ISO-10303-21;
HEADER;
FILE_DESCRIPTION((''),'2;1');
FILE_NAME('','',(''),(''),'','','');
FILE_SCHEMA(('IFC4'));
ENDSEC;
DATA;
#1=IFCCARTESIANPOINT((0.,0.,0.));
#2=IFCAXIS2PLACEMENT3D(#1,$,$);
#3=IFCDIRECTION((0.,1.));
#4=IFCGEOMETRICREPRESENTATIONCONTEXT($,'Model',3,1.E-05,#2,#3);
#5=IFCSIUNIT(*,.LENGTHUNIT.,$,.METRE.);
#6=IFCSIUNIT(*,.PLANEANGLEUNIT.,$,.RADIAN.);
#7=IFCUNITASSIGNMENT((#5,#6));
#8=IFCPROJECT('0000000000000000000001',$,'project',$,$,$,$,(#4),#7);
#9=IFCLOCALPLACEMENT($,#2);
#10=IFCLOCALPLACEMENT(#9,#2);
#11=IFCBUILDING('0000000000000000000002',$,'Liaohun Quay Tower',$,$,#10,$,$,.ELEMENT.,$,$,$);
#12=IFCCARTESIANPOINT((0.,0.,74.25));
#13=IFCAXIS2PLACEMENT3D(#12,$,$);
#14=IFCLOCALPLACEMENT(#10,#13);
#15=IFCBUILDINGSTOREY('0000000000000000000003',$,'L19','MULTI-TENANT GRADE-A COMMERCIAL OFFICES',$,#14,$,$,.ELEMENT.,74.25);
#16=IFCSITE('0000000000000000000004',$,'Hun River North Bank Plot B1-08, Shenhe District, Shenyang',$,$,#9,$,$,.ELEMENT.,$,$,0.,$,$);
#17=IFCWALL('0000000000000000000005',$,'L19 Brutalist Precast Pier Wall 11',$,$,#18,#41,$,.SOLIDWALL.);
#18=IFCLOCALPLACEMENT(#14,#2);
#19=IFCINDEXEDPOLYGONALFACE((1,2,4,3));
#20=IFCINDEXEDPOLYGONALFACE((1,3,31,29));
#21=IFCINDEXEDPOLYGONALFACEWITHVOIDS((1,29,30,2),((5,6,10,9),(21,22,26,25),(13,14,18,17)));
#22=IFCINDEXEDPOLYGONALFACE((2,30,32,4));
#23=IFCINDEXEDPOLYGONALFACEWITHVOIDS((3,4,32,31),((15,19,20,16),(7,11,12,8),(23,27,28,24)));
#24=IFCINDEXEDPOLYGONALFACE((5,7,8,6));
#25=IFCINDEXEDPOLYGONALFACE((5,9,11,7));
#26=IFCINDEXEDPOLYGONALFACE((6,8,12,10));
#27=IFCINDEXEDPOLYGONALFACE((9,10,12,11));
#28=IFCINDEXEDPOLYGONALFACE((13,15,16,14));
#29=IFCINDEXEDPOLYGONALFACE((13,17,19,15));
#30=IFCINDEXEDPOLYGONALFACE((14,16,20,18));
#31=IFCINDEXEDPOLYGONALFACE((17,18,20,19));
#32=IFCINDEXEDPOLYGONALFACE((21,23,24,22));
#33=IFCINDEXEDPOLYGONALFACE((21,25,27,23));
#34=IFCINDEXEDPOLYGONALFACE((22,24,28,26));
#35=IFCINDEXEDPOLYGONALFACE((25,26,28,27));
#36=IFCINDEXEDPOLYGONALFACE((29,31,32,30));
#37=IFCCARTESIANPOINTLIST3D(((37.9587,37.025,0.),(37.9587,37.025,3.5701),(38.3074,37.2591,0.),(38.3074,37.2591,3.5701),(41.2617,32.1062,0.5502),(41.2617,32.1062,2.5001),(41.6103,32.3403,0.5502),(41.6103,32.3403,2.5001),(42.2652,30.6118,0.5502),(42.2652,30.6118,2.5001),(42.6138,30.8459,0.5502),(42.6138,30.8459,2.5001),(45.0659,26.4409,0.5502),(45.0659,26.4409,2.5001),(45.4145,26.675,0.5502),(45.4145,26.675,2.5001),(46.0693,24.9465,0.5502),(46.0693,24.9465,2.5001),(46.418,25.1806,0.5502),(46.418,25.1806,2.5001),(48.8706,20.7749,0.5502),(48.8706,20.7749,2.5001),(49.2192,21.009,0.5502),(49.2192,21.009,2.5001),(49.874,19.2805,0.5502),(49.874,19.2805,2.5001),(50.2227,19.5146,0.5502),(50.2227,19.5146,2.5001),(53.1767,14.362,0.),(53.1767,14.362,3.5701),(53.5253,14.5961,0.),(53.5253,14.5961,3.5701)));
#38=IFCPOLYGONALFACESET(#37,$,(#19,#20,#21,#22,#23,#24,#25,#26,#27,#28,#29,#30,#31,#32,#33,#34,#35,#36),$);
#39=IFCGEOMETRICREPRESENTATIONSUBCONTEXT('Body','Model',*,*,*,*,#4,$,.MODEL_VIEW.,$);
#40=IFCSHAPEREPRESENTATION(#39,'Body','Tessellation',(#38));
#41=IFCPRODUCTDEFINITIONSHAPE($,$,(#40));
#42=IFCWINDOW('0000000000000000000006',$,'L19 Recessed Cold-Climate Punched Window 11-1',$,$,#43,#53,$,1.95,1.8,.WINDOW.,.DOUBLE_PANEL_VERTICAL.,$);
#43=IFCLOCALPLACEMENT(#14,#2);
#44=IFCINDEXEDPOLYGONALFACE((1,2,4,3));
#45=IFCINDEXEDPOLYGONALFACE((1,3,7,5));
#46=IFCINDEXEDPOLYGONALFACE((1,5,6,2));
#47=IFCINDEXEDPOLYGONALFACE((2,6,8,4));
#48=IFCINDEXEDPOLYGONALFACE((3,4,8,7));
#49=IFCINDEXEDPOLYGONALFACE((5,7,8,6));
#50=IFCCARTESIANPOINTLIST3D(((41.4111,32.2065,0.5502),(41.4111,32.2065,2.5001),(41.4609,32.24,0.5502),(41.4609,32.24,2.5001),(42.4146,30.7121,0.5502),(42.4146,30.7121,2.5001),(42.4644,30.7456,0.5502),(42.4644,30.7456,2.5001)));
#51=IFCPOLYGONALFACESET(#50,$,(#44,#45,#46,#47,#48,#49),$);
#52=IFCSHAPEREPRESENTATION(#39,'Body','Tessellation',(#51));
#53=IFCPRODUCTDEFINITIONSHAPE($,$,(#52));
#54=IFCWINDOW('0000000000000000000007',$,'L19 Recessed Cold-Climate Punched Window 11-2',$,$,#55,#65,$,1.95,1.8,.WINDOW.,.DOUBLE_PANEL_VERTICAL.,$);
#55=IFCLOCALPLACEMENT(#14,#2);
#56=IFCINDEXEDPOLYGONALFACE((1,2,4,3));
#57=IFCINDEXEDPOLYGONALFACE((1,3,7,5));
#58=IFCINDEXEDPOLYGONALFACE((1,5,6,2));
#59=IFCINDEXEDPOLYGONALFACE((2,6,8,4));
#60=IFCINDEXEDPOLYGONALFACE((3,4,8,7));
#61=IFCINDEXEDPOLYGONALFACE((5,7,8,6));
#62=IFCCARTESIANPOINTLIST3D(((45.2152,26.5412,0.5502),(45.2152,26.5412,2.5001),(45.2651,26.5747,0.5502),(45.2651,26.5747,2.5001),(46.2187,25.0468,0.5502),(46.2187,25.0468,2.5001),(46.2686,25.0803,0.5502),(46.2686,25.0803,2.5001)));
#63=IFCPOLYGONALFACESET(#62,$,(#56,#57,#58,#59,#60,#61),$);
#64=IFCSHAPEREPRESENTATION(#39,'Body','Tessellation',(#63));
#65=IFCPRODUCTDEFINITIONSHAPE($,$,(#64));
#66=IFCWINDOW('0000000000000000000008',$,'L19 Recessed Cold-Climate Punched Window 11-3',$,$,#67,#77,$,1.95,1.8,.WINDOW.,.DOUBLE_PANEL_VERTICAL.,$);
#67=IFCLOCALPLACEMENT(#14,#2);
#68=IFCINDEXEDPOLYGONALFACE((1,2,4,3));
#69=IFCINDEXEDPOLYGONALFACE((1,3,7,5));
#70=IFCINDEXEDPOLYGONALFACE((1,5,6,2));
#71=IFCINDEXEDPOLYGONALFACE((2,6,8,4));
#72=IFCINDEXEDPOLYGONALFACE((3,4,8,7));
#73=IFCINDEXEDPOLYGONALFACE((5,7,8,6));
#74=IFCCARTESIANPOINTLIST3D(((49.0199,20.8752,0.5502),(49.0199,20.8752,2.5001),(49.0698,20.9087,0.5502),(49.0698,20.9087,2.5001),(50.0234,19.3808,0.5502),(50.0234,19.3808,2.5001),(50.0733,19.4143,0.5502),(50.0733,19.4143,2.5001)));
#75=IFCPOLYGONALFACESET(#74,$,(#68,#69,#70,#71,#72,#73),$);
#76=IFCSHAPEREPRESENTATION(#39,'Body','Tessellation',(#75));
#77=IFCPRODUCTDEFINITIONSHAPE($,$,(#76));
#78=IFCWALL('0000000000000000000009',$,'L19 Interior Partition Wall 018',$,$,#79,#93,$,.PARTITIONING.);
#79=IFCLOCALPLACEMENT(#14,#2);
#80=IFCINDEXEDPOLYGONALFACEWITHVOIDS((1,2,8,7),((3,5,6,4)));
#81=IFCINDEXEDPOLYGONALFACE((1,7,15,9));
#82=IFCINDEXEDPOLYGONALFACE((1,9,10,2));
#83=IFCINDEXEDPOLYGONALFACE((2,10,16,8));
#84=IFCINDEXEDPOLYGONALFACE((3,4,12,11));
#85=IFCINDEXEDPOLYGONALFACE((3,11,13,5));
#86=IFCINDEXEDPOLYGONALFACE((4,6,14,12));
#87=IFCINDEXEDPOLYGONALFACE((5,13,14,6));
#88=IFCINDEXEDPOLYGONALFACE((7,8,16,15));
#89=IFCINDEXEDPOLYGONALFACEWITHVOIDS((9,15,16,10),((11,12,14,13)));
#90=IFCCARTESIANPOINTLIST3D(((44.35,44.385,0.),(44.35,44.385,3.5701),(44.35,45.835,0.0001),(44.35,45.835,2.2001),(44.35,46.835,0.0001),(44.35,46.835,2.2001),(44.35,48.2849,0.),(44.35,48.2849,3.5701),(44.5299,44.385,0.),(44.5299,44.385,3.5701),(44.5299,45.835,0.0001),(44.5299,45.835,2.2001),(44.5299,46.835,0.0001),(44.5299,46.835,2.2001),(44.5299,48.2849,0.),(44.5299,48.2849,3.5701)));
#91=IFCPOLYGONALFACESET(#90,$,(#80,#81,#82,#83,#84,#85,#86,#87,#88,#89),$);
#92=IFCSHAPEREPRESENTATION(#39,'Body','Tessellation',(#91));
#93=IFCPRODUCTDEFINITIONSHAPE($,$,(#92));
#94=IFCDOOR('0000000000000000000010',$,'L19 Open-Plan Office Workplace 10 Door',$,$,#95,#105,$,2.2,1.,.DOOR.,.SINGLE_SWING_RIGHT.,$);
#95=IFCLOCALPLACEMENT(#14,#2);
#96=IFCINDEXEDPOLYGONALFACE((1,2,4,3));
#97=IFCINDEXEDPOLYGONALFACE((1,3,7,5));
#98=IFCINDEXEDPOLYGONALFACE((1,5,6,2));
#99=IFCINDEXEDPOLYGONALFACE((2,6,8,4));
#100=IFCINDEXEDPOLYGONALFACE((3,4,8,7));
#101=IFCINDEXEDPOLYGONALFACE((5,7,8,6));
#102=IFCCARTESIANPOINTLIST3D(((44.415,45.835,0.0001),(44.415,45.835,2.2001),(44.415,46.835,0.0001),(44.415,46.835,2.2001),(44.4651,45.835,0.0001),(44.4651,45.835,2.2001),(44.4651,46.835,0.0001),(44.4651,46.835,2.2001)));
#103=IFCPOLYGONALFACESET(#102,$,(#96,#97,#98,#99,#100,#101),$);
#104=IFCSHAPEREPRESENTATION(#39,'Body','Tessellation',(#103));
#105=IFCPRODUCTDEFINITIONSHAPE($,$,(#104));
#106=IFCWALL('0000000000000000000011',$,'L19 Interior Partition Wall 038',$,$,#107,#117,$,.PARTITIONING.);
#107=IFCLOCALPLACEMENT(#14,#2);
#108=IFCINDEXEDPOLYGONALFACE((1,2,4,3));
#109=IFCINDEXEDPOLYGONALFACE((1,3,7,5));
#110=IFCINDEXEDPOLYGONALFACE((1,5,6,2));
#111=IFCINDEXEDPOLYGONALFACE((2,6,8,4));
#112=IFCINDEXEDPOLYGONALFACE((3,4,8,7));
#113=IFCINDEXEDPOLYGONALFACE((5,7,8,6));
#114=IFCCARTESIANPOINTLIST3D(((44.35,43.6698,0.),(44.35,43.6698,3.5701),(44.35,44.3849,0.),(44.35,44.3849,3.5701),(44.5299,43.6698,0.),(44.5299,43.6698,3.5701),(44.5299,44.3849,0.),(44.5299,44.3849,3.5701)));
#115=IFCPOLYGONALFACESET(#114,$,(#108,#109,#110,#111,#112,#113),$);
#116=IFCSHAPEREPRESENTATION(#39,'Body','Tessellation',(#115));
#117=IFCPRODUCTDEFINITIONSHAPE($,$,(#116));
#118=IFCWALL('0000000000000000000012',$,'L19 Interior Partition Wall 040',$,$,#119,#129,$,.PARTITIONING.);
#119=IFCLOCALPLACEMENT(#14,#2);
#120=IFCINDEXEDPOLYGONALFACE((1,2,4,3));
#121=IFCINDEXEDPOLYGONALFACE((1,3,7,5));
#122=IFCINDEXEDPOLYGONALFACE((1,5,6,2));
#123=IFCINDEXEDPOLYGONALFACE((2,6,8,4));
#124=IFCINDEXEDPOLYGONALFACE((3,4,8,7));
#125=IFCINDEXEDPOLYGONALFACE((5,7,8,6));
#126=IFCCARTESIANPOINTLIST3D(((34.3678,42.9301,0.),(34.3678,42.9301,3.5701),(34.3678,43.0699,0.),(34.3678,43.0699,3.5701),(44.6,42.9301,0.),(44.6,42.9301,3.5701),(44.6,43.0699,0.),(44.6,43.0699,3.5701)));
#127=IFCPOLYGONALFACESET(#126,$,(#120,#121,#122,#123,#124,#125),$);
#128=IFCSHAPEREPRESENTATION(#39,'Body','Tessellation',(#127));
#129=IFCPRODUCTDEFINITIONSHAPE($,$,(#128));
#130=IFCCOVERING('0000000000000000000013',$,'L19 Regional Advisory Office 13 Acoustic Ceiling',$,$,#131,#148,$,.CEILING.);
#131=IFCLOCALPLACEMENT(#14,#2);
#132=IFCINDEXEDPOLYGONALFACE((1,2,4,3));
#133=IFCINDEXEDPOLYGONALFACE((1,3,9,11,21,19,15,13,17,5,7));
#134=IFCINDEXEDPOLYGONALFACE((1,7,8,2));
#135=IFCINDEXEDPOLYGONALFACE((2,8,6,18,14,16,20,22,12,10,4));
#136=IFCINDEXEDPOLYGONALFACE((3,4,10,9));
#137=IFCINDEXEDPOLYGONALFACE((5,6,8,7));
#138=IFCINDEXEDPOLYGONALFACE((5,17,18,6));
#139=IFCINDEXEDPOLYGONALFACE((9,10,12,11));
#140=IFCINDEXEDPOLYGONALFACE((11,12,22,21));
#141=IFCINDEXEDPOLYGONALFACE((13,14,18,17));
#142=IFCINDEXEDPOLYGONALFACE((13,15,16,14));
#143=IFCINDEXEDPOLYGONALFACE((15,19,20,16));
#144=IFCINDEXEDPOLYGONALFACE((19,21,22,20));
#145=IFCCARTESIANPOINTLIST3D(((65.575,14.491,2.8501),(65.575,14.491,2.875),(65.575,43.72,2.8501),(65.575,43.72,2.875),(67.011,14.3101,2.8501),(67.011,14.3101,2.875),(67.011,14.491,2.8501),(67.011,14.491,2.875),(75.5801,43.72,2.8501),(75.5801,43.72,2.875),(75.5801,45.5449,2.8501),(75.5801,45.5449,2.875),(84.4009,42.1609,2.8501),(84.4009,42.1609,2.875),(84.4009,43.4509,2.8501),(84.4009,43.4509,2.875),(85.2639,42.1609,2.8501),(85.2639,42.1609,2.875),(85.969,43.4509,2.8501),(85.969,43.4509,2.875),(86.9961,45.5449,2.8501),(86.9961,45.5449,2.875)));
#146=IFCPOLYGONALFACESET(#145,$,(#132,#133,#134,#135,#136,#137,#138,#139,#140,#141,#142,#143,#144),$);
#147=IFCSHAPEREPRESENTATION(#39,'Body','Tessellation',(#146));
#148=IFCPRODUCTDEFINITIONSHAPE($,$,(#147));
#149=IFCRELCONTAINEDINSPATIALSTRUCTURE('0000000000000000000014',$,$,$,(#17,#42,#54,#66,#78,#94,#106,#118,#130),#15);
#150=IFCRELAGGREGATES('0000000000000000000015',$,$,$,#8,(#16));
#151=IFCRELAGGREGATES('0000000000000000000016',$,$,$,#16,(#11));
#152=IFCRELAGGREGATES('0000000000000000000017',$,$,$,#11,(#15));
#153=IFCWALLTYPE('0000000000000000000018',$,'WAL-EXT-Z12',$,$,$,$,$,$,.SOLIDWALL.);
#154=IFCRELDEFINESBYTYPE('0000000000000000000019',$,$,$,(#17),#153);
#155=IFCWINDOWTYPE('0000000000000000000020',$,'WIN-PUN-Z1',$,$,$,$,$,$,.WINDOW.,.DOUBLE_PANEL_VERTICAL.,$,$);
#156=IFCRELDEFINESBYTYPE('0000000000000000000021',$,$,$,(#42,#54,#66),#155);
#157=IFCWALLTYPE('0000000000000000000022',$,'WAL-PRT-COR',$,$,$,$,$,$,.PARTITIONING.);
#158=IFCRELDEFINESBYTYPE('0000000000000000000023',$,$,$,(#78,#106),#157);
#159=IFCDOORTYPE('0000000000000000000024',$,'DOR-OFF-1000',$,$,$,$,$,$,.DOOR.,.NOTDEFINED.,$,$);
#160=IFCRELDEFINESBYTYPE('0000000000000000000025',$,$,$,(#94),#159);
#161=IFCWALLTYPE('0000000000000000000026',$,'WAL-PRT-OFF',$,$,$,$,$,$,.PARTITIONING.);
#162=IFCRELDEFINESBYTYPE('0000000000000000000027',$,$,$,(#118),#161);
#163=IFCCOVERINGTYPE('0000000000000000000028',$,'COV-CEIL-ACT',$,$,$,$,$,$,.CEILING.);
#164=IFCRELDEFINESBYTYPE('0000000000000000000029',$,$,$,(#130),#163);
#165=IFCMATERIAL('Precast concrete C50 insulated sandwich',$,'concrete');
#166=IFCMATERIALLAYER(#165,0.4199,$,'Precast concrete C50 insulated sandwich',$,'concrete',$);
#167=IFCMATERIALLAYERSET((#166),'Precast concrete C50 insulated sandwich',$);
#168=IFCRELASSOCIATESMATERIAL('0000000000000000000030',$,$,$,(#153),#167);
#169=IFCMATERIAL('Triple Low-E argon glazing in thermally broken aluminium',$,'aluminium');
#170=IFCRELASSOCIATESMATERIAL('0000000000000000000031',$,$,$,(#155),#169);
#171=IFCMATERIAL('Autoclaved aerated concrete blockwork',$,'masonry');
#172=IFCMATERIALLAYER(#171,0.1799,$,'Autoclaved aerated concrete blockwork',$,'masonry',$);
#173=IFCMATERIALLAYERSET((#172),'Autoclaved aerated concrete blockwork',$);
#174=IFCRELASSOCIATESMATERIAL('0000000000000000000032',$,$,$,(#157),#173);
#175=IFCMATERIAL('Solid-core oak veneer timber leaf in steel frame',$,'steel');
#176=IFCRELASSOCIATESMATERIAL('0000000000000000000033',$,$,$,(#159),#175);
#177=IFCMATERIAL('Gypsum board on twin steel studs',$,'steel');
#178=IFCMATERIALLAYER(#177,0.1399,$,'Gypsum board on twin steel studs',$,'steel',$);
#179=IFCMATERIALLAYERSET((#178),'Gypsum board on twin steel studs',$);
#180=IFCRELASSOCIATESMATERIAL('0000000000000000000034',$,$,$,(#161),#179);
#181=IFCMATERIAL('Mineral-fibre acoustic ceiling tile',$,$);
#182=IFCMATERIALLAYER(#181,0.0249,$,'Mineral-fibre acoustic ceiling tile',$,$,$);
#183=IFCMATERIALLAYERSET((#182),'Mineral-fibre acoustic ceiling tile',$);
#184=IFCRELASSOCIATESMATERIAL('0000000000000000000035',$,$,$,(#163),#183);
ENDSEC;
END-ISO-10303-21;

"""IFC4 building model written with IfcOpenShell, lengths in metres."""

from ifc_helpers import new_model, si_unit, direction, frame, frame_2d, origin, place, context, subcontext, project, spatial, polyline, rectangle, outline, extrude, source, transform, mapped, material, layer, layer_set, type_object, element, fill, save


model = new_model("IFC4")

# Units and contexts
model_context = context("Model", 3, precision=1e-05, world=origin(), true_north=direction((0.0, 1.0)))
body_context = subcontext(model_context, "Body", "Model", "MODEL_VIEW")
ifc_project = project(units=[si_unit("LENGTHUNIT", "METRE"), si_unit("PLANEANGLEUNIT", "RADIAN")], contexts=[model_context])

# Site, building, storey
site_placement = place(None, origin())
site = spatial("IfcSite", under=ifc_project, at=site_placement, Name="Hun River North Bank Plot B1-08, Shenhe District, Shenyang", CompositionType="ELEMENT", RefElevation=0.0)
building_placement = place(site_placement, origin())
building = spatial("IfcBuilding", under=site, at=building_placement, Name="Liaohun Quay Tower", CompositionType="ELEMENT")
storey_placement = place(building_placement, frame((0.0, 0.0, 74.25)))
storey = spatial("IfcBuildingStorey", under=building, at=storey_placement, Name="L19", Description="MULTI-TENANT GRADE-A COMMERCIAL OFFICES", CompositionType="ELEMENT", Elevation=74.25)

# Wall, openings, windows
ifc_material_1 = material(Name="Precast concrete C50 insulated sandwich", Category="concrete")
ifc_layer_1 = layer(ifc_material_1, 0.4199, Name="Precast concrete C50 insulated sandwich", Category="concrete")
ifc_layer_set_1 = layer_set([ifc_layer_1], Name="Precast concrete C50 insulated sandwich")
wall_type_1 = type_object("IfcWallType", Name="WAL-EXT-Z12", PredefinedType="SOLIDWALL", material=ifc_layer_set_1)
wall_1_placement = place(storey_placement, frame((38.1331, 37.1421, 0.0), z_axis=(0.0, 0.0, 1.0), x_axis=(0.557469, -0.830198, 0.0)))
wall_1 = element("IfcWall", 1, at=wall_1_placement, inside=storey, type_object=wall_type_1, Name="L19 Brutalist Precast Pier Wall 11", PredefinedType="SOLIDWALL", context=body_context, shape_type="SweptSolid", body=[
    extrude(rectangle(XDim=27.2983, YDim=0.4199, at=frame_2d((13.6492, 0.0))), origin(), (0.0, 0.0, 1.0), 3.5701),
])
shared_shape_1 = source(origin(), body_context, "Body", "SweptSolid", [
    extrude(rectangle(XDim=1.8, YDim=1.95, at=frame_2d((0.8999, 0.9751))), frame((0.0, 0.22, 0.0), z_axis=(0.0, -1.0, 0.0), x_axis=(1.0, 0.0, 0.0)), (0.0, 0.0, 1.0), 0.4399),
])
opening_1_placement = place(wall_1_placement, frame((5.925, 0.0, 0.55)))
opening_1 = element("IfcOpeningElement", 2, at=opening_1_placement, cuts=wall_1, PredefinedType="OPENING", context=body_context, shape_type="MappedRepresentation", body=[
    mapped(shared_shape_1, transform((0.0, 0.0, 0.0), x_axis=(1.0, 0.0, 0.0), y_axis=(0.0, 1.0, 0.0), z_axis=(0.0, 0.0, 1.0), scale=1.0)),
])
opening_2_placement = place(wall_1_placement, frame((12.749, 0.0, 0.55)))
opening_2 = element("IfcOpeningElement", 3, at=opening_2_placement, cuts=wall_1, PredefinedType="OPENING", context=body_context, shape_type="MappedRepresentation", body=[
    mapped(shared_shape_1, transform((0.0, 0.0, 0.0), x_axis=(1.0, 0.0, 0.0), y_axis=(0.0, 1.0, 0.0), z_axis=(0.0, 0.0, 1.0), scale=1.0)),
])
opening_3_placement = place(wall_1_placement, frame((19.574, 0.0, 0.55)))
opening_3 = element("IfcOpeningElement", 4, at=opening_3_placement, cuts=wall_1, PredefinedType="OPENING", context=body_context, shape_type="MappedRepresentation", body=[
    mapped(shared_shape_1, transform((0.0, 0.0, 0.0), x_axis=(1.0, 0.0, 0.0), y_axis=(0.0, 1.0, 0.0), z_axis=(0.0, 0.0, 1.0), scale=1.0)),
])
ifc_material_2 = material(Name="Triple Low-E argon glazing in thermally broken aluminium", Category="aluminium")
window_type = type_object("IfcWindowType", Name="WIN-PUN-Z1", PartitioningType="DOUBLE_PANEL_VERTICAL", PredefinedType="WINDOW", material=ifc_material_2)
shared_shape_2 = source(origin(), body_context, "Body", "SweptSolid", [
    extrude(rectangle(XDim=1.8, YDim=1.95, at=frame_2d((0.8999, 0.9751))), frame((0.0, 0.03, 0.0), z_axis=(0.0, -1.0, 0.0), x_axis=(1.0, 0.0, 0.0)), (0.0, 0.0, 1.0), 0.0601),
])
window_1_placement = place(opening_1_placement, origin())
window_1 = element("IfcWindow", 5, at=window_1_placement, inside=storey, type_object=window_type, Name="L19 Recessed Cold-Climate Punched Window 11-1", OverallHeight=1.95, OverallWidth=1.8, PartitioningType="DOUBLE_PANEL_VERTICAL", PredefinedType="WINDOW", context=body_context, shape_type="MappedRepresentation", body=[
    mapped(shared_shape_2, transform((0.0, 0.0, 0.0), x_axis=(1.0, 0.0, 0.0), y_axis=(0.0, 1.0, 0.0), z_axis=(0.0, 0.0, 1.0), scale=1.0)),
])
fill(opening_1, window_1)
window_2_placement = place(opening_2_placement, origin())
window_2 = element("IfcWindow", 6, at=window_2_placement, inside=storey, type_object=window_type, Name="L19 Recessed Cold-Climate Punched Window 11-2", OverallHeight=1.95, OverallWidth=1.8, PartitioningType="DOUBLE_PANEL_VERTICAL", PredefinedType="WINDOW", context=body_context, shape_type="MappedRepresentation", body=[
    mapped(shared_shape_2, transform((0.0, 0.0, 0.0), x_axis=(1.0, 0.0, 0.0), y_axis=(0.0, 1.0, 0.0), z_axis=(0.0, 0.0, 1.0), scale=1.0)),
])
fill(opening_2, window_2)
window_3_placement = place(opening_3_placement, origin())
window_3 = element("IfcWindow", 7, at=window_3_placement, inside=storey, type_object=window_type, Name="L19 Recessed Cold-Climate Punched Window 11-3", OverallHeight=1.95, OverallWidth=1.8, PartitioningType="DOUBLE_PANEL_VERTICAL", PredefinedType="WINDOW", context=body_context, shape_type="MappedRepresentation", body=[
    mapped(shared_shape_2, transform((0.0, 0.0, 0.0), x_axis=(1.0, 0.0, 0.0), y_axis=(0.0, 1.0, 0.0), z_axis=(0.0, 0.0, 1.0), scale=1.0)),
])
fill(opening_3, window_3)

# Wall, opening, door
ifc_material_3 = material(Name="Autoclaved aerated concrete blockwork", Category="masonry")
ifc_layer_2 = layer(ifc_material_3, 0.1799, Name="Autoclaved aerated concrete blockwork", Category="masonry")
ifc_layer_set_2 = layer_set([ifc_layer_2], Name="Autoclaved aerated concrete blockwork")
wall_type_2 = type_object("IfcWallType", Name="WAL-PRT-COR", PredefinedType="PARTITIONING", material=ifc_layer_set_2)
wall_2_placement = place(storey_placement, frame((44.4399, 44.385, 0.0), z_axis=(0.0, 0.0, 1.0), x_axis=(0.0, 1.0, 0.0)))
wall_2 = element("IfcWall", 8, at=wall_2_placement, inside=storey, type_object=wall_type_2, Name="L19 Interior Partition Wall 018", PredefinedType="PARTITIONING", context=body_context, shape_type="SweptSolid", body=[
    extrude(rectangle(XDim=3.8999, YDim=0.1799, at=frame_2d((1.95, 0.0))), origin(), (0.0, 0.0, 1.0), 3.5701),
])
shared_shape_3 = source(origin(), body_context, "Body", "SweptSolid", [
    extrude(rectangle(XDim=1.0, YDim=2.2, at=frame_2d((0.5, 1.1001))), frame((0.0, 0.0999, 0.0), z_axis=(0.0, -1.0, 0.0), x_axis=(1.0, 0.0, 0.0)), (0.0, 0.0, 1.0), 0.2),
])
opening_4_placement = place(wall_2_placement, frame((1.45, 0.0, 0.0)))
opening_4 = element("IfcOpeningElement", 9, at=opening_4_placement, cuts=wall_2, PredefinedType="OPENING", context=body_context, shape_type="MappedRepresentation", body=[
    mapped(shared_shape_3, transform((0.0, 0.0, 0.0), x_axis=(1.0, 0.0, 0.0), y_axis=(0.0, 1.0, 0.0), z_axis=(0.0, 0.0, 1.0), scale=1.0)),
])
ifc_material_4 = material(Name="Solid-core oak veneer timber leaf in steel frame", Category="steel")
door_type = type_object("IfcDoorType", Name="DOR-OFF-1000", OperationType="NOTDEFINED", PredefinedType="DOOR", material=ifc_material_4)
shared_shape_4 = source(origin(), body_context, "Body", "SweptSolid", [
    extrude(rectangle(XDim=1.0, YDim=2.2, at=frame_2d((0.5, 1.1001))), frame((0.0, 0.0249, 0.0), z_axis=(0.0, -1.0, 0.0), x_axis=(1.0, 0.0, 0.0)), (0.0, 0.0, 1.0), 0.05),
])
door_placement = place(opening_4_placement, origin())
door = element("IfcDoor", 10, at=door_placement, inside=storey, type_object=door_type, Name="L19 Open-Plan Office Workplace 10 Door", OperationType="SINGLE_SWING_RIGHT", OverallHeight=2.2, OverallWidth=1.0, PredefinedType="DOOR", context=body_context, shape_type="MappedRepresentation", body=[
    mapped(shared_shape_4, transform((0.0, 0.0, 0.0), x_axis=(1.0, 0.0, 0.0), y_axis=(0.0, 1.0, 0.0), z_axis=(0.0, 0.0, 1.0), scale=1.0)),
])
fill(opening_4, door)

# Walls
wall_3_placement = place(storey_placement, frame((44.4399, 43.6699, 0.0), z_axis=(0.0, 0.0, 1.0), x_axis=(0.0, 1.0, 0.0)))
element("IfcWall", 11, at=wall_3_placement, inside=storey, type_object=wall_type_2, Name="L19 Interior Partition Wall 038", PredefinedType="PARTITIONING", context=body_context, shape_type="SweptSolid", body=[
    extrude(rectangle(XDim=0.7151, YDim=0.1799, at=frame_2d((0.3574, 0.0))), origin(), (0.0, 0.0, 1.0), 3.5701),
])
ifc_material_5 = material(Name="Gypsum board on twin steel studs", Category="steel")
ifc_layer_3 = layer(ifc_material_5, 0.1399, Name="Gypsum board on twin steel studs", Category="steel")
ifc_layer_set_3 = layer_set([ifc_layer_3], Name="Gypsum board on twin steel studs")
wall_type_3 = type_object("IfcWallType", Name="WAL-PRT-OFF", PredefinedType="PARTITIONING", material=ifc_layer_set_3)
wall_4_placement = place(storey_placement, frame((44.6001, 43.0, 0.0), z_axis=(0.0, 0.0, 1.0), x_axis=(-1.0, 0.0, 0.0)))
element("IfcWall", 12, at=wall_4_placement, inside=storey, type_object=wall_type_3, Name="L19 Interior Partition Wall 040", PredefinedType="PARTITIONING", context=body_context, shape_type="SweptSolid", body=[
    extrude(rectangle(XDim=10.2322, YDim=0.1399, at=frame_2d((5.1162, 0.0))), origin(), (0.0, 0.0, 1.0), 3.5701),
])

# Covering
ifc_material_6 = material(Name="Mineral-fibre acoustic ceiling tile")
ifc_layer_4 = layer(ifc_material_6, 0.0249, Name="Mineral-fibre acoustic ceiling tile")
ifc_layer_set_4 = layer_set([ifc_layer_4], Name="Mineral-fibre acoustic ceiling tile")
covering_type_1 = type_object("IfcCoveringType", Name="COV-CEIL-ACT", PredefinedType="CEILING", material=ifc_layer_set_4)
covering_1_placement = place(storey_placement, frame((0.0, 0.0, 2.8501)))
element("IfcCovering", 13, at=covering_1_placement, inside=storey, type_object=covering_type_1, Name="L19 Regional Advisory Office 13 Acoustic Ceiling", PredefinedType="CEILING", context=body_context, shape_type="SweptSolid", body=[
    extrude(outline(polyline([(85.2639, 42.1609), (84.4009, 42.1609), (84.4009, 43.4509), (85.969, 43.4509), (86.9961, 45.5449), (75.5801, 45.5449), (75.5801, 43.72), (65.575, 43.72), (65.575, 14.491), (67.011, 14.491), (67.011, 14.3101), (85.2639, 42.1609)])), origin(), (0.0, 0.0, 1.0), 0.0249),
])

save(model, "model.ifc")
